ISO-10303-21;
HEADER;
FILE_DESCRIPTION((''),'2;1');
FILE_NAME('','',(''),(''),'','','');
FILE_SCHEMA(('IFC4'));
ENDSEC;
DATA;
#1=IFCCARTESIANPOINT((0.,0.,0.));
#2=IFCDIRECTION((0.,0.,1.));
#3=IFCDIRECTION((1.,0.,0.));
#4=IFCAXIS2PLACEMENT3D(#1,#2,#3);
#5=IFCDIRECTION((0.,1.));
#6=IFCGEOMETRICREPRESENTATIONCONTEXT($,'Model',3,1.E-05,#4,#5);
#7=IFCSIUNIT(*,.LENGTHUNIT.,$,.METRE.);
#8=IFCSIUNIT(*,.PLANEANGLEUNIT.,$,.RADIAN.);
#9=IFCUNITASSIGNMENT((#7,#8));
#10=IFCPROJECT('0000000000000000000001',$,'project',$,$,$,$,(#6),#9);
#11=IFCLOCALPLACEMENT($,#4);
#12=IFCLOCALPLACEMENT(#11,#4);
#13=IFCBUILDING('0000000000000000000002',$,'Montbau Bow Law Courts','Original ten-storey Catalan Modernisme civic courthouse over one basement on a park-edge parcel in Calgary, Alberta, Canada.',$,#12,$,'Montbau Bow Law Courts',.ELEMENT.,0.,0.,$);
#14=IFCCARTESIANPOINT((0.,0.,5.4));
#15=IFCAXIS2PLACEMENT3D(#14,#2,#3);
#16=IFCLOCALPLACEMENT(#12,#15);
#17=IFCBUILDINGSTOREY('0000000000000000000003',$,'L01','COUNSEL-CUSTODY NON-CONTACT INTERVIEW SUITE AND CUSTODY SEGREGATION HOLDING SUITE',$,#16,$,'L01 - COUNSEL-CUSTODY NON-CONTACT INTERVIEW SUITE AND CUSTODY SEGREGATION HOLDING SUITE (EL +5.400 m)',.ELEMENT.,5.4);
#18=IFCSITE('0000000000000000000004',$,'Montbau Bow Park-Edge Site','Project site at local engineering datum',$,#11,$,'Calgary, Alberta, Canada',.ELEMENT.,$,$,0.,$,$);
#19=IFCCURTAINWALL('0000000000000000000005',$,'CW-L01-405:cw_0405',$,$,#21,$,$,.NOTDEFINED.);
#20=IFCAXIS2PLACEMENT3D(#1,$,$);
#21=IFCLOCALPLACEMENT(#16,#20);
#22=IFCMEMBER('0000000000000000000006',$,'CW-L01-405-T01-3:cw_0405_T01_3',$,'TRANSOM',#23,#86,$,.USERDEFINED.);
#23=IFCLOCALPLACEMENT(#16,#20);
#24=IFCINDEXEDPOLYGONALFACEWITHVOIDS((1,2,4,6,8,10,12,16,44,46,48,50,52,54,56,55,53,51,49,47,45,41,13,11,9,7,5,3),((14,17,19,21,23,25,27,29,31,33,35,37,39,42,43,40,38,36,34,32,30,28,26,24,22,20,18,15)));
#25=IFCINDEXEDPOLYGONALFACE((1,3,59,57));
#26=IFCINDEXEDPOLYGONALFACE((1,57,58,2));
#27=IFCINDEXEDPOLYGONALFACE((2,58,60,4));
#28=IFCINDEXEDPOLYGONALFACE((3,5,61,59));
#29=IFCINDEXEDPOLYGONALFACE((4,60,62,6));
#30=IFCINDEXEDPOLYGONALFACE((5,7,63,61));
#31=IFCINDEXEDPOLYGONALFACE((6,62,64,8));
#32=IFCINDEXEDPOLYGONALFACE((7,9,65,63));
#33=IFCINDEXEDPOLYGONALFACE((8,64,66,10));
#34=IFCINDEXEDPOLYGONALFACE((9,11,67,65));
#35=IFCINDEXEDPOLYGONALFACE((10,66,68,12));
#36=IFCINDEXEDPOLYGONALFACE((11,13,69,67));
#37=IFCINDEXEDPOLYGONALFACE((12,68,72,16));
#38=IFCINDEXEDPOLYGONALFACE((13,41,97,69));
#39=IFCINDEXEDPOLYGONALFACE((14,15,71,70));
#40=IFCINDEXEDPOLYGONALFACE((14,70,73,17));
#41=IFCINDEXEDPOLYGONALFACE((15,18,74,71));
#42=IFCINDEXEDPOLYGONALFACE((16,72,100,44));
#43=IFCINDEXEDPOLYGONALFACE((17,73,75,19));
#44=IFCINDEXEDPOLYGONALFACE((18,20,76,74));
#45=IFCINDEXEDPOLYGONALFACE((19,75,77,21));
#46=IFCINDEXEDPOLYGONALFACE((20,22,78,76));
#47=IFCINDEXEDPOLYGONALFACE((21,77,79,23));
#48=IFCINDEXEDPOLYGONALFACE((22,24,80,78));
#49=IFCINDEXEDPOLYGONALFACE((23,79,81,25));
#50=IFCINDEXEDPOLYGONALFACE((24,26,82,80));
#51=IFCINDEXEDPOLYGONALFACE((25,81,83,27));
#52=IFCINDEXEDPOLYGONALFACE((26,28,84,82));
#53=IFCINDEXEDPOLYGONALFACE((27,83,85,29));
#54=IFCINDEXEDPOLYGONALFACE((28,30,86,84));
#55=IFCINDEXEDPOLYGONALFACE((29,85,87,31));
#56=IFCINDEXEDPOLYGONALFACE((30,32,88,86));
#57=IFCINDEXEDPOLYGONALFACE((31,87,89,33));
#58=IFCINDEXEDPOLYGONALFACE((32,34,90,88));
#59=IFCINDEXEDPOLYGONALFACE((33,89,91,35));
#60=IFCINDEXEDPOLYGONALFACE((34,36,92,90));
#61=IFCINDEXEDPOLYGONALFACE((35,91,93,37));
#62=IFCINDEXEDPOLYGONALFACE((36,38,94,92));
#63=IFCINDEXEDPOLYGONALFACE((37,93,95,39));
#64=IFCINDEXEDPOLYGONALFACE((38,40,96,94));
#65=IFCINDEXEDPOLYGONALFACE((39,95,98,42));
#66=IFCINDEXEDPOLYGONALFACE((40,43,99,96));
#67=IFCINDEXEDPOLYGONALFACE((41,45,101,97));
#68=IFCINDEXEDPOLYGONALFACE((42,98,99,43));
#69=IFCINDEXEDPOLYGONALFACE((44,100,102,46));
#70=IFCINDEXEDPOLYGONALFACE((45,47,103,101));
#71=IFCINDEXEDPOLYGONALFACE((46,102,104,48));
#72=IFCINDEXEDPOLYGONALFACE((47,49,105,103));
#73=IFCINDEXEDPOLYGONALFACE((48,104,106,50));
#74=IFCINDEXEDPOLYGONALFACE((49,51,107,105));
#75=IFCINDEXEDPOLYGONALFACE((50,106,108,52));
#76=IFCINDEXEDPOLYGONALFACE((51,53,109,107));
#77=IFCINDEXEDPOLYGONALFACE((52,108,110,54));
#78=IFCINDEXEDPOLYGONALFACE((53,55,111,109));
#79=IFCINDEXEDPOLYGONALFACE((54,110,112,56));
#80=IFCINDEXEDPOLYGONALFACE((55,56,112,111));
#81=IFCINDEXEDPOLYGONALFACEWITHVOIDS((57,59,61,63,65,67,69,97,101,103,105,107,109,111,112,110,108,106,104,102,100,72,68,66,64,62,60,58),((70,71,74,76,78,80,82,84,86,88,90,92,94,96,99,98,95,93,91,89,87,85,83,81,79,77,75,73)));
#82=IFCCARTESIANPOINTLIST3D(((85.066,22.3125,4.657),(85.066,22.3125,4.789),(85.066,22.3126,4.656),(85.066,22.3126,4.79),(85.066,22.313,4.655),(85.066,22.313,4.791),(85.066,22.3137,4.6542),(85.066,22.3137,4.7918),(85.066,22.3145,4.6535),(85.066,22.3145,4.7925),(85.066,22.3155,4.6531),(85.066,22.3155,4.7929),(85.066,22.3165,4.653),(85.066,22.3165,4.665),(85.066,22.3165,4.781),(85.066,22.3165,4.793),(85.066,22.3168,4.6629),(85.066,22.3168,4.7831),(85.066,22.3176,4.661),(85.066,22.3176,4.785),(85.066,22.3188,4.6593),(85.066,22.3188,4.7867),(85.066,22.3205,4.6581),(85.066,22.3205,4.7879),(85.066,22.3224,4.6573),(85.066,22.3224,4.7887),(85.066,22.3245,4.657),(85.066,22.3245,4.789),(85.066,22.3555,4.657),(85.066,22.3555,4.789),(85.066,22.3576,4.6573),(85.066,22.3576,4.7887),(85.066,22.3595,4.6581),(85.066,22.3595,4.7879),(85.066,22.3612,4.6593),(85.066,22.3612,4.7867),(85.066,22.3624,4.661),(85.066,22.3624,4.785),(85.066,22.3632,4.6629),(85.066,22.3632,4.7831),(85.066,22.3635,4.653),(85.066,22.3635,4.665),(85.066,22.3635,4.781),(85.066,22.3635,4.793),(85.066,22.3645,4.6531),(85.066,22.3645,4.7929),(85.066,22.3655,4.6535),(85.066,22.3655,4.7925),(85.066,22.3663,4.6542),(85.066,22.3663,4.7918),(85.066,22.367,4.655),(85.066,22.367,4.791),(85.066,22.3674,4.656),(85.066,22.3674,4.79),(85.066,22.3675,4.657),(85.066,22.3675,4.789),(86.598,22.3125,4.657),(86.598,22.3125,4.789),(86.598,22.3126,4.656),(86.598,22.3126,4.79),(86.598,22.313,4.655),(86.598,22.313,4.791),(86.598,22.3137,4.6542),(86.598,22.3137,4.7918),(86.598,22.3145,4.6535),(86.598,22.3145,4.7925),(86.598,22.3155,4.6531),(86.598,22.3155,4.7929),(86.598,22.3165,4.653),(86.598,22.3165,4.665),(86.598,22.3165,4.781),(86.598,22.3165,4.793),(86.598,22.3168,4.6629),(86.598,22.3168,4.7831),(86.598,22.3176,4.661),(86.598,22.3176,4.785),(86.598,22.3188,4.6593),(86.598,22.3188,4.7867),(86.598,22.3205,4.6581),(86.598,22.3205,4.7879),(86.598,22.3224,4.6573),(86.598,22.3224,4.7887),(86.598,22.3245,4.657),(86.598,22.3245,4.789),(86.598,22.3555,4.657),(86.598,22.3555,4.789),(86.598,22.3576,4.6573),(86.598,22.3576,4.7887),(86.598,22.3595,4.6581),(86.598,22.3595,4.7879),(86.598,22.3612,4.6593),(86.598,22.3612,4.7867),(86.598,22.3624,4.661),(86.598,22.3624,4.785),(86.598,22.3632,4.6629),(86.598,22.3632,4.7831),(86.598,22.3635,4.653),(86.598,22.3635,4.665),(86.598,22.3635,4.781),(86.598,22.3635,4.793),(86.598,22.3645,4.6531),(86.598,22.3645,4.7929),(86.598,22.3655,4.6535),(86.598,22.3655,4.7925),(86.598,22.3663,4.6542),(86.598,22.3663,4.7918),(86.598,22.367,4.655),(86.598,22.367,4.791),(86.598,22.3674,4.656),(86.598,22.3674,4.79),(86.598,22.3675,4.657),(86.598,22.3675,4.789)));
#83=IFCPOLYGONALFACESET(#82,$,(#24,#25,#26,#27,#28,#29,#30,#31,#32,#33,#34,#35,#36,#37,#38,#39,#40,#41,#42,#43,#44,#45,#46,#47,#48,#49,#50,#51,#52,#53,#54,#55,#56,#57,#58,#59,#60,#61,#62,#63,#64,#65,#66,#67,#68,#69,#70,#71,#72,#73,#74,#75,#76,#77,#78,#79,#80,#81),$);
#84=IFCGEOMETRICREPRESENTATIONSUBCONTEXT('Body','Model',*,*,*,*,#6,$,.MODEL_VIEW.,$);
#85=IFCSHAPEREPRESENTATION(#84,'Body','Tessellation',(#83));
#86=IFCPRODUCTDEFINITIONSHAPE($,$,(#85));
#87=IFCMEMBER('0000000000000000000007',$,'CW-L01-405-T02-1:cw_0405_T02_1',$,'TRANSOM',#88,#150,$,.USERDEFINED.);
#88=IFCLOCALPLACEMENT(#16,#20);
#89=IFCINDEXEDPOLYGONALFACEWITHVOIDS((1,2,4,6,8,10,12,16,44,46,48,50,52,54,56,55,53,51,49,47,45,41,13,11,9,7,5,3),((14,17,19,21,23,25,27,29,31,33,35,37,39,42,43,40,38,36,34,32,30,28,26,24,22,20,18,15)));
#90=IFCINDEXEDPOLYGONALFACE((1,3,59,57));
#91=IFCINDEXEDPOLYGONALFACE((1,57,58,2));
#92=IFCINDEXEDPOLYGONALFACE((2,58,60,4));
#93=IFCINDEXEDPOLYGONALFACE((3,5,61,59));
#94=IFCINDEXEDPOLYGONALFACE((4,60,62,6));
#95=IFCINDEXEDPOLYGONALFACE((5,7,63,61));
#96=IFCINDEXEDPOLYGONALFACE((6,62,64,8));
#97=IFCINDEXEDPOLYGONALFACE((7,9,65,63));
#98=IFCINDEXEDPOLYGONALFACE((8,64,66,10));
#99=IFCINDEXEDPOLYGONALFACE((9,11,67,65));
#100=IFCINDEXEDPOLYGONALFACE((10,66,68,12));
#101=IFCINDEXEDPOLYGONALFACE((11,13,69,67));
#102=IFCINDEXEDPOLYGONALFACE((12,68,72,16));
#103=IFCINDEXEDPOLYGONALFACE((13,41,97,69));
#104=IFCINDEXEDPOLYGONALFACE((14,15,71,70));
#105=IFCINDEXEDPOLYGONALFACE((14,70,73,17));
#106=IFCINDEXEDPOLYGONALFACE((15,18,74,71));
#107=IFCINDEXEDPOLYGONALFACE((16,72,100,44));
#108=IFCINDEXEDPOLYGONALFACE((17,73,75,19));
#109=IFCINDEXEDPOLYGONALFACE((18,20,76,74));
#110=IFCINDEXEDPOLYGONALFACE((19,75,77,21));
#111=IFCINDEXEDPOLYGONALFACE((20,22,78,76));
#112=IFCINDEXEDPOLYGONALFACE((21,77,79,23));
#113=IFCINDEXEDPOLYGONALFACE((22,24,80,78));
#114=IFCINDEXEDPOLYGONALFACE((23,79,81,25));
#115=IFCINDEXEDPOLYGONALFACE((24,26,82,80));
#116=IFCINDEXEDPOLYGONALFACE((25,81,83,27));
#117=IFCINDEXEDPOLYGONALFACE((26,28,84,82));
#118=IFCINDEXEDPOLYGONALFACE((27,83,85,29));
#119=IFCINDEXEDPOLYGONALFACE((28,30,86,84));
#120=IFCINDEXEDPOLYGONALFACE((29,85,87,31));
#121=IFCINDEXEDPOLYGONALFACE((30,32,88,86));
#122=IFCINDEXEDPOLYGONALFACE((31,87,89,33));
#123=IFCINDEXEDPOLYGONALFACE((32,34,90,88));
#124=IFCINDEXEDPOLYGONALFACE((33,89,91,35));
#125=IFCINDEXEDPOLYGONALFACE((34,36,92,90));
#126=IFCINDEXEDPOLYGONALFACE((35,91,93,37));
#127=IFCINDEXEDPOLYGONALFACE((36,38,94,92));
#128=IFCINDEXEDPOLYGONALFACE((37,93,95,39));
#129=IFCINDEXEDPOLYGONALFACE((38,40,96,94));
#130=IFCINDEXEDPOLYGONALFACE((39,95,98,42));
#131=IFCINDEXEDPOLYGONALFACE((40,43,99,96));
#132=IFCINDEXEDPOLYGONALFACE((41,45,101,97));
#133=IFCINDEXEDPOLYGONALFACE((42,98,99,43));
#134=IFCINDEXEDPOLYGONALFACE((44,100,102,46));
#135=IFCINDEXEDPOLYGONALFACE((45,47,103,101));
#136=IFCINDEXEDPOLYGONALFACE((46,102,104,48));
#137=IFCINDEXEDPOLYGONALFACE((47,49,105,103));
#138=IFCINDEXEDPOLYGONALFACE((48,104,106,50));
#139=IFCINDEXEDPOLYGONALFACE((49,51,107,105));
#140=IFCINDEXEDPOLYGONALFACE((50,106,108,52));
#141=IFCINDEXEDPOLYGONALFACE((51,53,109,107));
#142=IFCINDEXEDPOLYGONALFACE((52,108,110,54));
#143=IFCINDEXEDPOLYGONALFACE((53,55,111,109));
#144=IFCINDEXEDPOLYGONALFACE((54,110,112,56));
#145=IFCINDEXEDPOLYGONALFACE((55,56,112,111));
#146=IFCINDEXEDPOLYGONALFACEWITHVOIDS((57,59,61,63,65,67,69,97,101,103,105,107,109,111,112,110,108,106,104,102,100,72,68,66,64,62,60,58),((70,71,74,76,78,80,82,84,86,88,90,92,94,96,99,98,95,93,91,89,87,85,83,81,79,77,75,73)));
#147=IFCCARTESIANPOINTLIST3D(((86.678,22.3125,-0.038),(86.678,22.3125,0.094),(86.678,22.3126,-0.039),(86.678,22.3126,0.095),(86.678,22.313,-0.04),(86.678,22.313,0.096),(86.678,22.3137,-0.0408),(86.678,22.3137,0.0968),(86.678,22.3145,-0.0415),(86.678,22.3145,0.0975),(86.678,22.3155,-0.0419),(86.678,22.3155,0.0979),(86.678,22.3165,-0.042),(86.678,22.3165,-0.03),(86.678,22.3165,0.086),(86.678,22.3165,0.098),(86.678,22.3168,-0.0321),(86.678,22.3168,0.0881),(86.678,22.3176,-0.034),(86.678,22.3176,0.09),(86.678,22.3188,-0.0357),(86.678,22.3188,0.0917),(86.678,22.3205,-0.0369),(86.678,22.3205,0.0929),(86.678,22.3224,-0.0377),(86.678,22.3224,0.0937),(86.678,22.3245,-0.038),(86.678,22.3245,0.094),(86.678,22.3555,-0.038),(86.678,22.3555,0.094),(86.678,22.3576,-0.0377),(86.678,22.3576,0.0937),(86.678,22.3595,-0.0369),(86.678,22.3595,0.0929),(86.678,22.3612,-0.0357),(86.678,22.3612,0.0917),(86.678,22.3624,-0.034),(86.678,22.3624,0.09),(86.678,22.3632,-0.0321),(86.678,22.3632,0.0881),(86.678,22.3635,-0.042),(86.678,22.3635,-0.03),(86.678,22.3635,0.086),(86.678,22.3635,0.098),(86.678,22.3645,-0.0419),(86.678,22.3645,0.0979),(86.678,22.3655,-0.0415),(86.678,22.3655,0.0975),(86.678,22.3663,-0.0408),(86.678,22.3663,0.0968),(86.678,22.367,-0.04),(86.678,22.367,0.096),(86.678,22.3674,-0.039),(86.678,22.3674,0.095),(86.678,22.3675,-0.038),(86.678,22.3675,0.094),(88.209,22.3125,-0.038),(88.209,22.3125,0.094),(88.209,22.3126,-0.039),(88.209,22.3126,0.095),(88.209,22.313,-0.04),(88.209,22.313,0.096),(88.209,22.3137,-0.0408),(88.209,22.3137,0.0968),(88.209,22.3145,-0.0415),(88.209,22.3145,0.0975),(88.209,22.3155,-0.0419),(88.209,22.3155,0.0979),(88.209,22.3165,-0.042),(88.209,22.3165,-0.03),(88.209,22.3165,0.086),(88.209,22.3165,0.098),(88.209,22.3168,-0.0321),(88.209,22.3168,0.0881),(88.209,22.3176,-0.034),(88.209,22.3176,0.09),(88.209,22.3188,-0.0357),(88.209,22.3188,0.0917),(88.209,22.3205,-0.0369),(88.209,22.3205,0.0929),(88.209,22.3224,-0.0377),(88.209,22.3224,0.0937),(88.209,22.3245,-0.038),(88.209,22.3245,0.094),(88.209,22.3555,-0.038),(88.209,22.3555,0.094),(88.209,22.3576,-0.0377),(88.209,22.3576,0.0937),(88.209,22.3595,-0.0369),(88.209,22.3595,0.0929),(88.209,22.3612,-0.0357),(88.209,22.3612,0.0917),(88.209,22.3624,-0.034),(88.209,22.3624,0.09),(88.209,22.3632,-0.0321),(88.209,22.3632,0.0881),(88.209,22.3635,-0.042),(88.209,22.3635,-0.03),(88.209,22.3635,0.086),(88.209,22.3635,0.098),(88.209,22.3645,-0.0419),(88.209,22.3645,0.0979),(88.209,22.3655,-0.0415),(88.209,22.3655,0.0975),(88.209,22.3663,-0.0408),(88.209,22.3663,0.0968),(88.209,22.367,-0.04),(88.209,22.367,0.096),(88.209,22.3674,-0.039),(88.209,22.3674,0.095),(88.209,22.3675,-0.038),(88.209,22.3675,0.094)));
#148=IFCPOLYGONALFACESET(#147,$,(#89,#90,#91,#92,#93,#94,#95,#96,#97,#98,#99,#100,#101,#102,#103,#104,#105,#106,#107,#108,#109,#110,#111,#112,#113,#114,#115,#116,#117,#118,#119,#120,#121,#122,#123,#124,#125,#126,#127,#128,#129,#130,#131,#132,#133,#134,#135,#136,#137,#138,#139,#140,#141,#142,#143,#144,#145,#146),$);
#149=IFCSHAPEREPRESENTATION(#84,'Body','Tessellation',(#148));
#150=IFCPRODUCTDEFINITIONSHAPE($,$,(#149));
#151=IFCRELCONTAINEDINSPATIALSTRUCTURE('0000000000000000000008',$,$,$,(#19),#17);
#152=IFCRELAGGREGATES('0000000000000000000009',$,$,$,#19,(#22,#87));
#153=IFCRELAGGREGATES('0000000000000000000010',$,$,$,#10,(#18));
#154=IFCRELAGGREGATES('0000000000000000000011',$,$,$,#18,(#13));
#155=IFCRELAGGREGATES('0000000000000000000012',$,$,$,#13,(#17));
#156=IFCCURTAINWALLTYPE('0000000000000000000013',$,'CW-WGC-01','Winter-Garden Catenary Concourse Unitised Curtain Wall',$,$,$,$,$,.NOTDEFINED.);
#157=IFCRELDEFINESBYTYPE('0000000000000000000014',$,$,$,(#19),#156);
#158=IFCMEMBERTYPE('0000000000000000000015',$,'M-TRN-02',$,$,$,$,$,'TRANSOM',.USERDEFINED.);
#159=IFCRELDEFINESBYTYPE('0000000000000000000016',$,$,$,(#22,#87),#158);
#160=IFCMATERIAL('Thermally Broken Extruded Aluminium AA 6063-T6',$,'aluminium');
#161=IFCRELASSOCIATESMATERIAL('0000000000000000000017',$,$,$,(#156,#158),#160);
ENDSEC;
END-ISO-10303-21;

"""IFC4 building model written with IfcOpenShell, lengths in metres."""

from ifc_helpers import new_model, si_unit, direction, frame, origin_with_axes, origin_2d_with_axis, place, context, subcontext, project, spatial, hollow_rectangle, extrude, material, material_profile, profile_set, type_object, element, aggregate, save


model = new_model("IFC4")

# Units and contexts
model_context = context("Model", 3, precision=1e-05, world=origin_with_axes(), true_north=direction((0.0, 1.0)))
body_context = subcontext(model_context, "Body", "Model", "MODEL_VIEW")
ifc_project = project(units=[si_unit("LENGTHUNIT", "METRE"), si_unit("PLANEANGLEUNIT", "RADIAN")], contexts=[model_context])

# Site, building, storey
site_placement = place(None, origin_with_axes())
site = spatial("IfcSite", under=ifc_project, at=site_placement, Name="Montbau Bow Park-Edge Site", Description="Project site at local engineering datum", LongName="Calgary, Alberta, Canada", CompositionType="ELEMENT", RefElevation=0.0)
building_placement = place(site_placement, origin_with_axes())
building = spatial("IfcBuilding", under=site, at=building_placement, Name="Montbau Bow Law Courts", Description="Original ten-storey Catalan Modernisme civic courthouse over one basement on a park-edge parcel in Calgary, Alberta, Canada.", LongName="Montbau Bow Law Courts", CompositionType="ELEMENT", ElevationOfRefHeight=0.0, ElevationOfTerrain=0.0)
storey_placement = place(building_placement, frame((0.0, 0.0, 5.4), z_axis=(0.0, 0.0, 1.0), x_axis=(1.0, 0.0, 0.0)))
storey = spatial("IfcBuildingStorey", under=building, at=storey_placement, Name="L01", Description="COUNSEL-CUSTODY NON-CONTACT INTERVIEW SUITE AND CUSTODY SEGREGATION HOLDING SUITE", LongName="L01 - COUNSEL-CUSTODY NON-CONTACT INTERVIEW SUITE AND CUSTODY SEGREGATION HOLDING SUITE (EL +5.400 m)", CompositionType="ELEMENT", Elevation=5.4)

# Curtain wall, members
ifc_material_1 = material(Name="Thermally Broken Extruded Aluminium AA 6063-T6", Category="aluminium")
curtain_wall_type = type_object("IfcCurtainWallType", Name="CW-WGC-01", Description="Winter-Garden Catenary Concourse Unitised Curtain Wall", PredefinedType="NOTDEFINED", material=ifc_material_1)
curtain_wall_placement = place(None, frame((84.99, 22.34, 5.4), z_axis=(0.0, 0.0, 1.0), x_axis=(1.0, 0.0, 0.0)))
curtain_wall = element("IfcCurtainWall", 1, at=curtain_wall_placement, inside=storey, type_object=curtain_wall_type, Name="CW-L01-405:cw_0405", PredefinedType="NOTDEFINED")
ifc_material_profile_1 = material_profile(ifc_material_1, hollow_rectangle(XDim=0.055, YDim=0.14, WallThickness=0.004, InnerFilletRadius=0.008, OuterFilletRadius=0.004, at=origin_2d_with_axis()), Name="CWT-140X55", Category="Main", Priority=0)
ifc_profile_set_1 = profile_set([ifc_material_profile_1], Name="Thermally Broken Extruded Aluminium AA 6063-T6")
member_type_1 = type_object("IfcMemberType", Name="M-TRN-02", ElementType="TRANSOM", PredefinedType="USERDEFINED", material=ifc_profile_set_1)
member_1_placement = place(None, frame((85.066, 22.34, 10.123), z_axis=(1.0, 0.0, 0.0), x_axis=(0.0, 1.0, 0.0)))
member_1 = element("IfcMember", 2, at=member_1_placement, type_object=member_type_1, Name="CW-L01-405-T01-3:cw_0405_T01_3", ObjectType="TRANSOM", PredefinedType="USERDEFINED", context=body_context, shape_type="SweptSolid", body=[
    extrude(hollow_rectangle(XDim=0.055, YDim=0.14, WallThickness=0.004, InnerFilletRadius=0.008, OuterFilletRadius=0.004, at=origin_2d_with_axis()), origin_with_axes(), (0.0, 0.0, 1.0), 1.532),
])
member_2_placement = place(None, frame((86.678, 22.34, 5.428), z_axis=(1.0, 0.0, 0.0), x_axis=(0.0, 1.0, 0.0)))
member_2 = element("IfcMember", 3, at=member_2_placement, type_object=member_type_1, Name="CW-L01-405-T02-1:cw_0405_T02_1", ObjectType="TRANSOM", PredefinedType="USERDEFINED", context=body_context, shape_type="SweptSolid", body=[
    extrude(hollow_rectangle(XDim=0.055, YDim=0.14, WallThickness=0.004, InnerFilletRadius=0.008, OuterFilletRadius=0.004, at=origin_2d_with_axis()), origin_with_axes(), (0.0, 0.0, 1.0), 1.531),
])
aggregate(curtain_wall, [member_1, member_2])

save(model, "model.ifc")
